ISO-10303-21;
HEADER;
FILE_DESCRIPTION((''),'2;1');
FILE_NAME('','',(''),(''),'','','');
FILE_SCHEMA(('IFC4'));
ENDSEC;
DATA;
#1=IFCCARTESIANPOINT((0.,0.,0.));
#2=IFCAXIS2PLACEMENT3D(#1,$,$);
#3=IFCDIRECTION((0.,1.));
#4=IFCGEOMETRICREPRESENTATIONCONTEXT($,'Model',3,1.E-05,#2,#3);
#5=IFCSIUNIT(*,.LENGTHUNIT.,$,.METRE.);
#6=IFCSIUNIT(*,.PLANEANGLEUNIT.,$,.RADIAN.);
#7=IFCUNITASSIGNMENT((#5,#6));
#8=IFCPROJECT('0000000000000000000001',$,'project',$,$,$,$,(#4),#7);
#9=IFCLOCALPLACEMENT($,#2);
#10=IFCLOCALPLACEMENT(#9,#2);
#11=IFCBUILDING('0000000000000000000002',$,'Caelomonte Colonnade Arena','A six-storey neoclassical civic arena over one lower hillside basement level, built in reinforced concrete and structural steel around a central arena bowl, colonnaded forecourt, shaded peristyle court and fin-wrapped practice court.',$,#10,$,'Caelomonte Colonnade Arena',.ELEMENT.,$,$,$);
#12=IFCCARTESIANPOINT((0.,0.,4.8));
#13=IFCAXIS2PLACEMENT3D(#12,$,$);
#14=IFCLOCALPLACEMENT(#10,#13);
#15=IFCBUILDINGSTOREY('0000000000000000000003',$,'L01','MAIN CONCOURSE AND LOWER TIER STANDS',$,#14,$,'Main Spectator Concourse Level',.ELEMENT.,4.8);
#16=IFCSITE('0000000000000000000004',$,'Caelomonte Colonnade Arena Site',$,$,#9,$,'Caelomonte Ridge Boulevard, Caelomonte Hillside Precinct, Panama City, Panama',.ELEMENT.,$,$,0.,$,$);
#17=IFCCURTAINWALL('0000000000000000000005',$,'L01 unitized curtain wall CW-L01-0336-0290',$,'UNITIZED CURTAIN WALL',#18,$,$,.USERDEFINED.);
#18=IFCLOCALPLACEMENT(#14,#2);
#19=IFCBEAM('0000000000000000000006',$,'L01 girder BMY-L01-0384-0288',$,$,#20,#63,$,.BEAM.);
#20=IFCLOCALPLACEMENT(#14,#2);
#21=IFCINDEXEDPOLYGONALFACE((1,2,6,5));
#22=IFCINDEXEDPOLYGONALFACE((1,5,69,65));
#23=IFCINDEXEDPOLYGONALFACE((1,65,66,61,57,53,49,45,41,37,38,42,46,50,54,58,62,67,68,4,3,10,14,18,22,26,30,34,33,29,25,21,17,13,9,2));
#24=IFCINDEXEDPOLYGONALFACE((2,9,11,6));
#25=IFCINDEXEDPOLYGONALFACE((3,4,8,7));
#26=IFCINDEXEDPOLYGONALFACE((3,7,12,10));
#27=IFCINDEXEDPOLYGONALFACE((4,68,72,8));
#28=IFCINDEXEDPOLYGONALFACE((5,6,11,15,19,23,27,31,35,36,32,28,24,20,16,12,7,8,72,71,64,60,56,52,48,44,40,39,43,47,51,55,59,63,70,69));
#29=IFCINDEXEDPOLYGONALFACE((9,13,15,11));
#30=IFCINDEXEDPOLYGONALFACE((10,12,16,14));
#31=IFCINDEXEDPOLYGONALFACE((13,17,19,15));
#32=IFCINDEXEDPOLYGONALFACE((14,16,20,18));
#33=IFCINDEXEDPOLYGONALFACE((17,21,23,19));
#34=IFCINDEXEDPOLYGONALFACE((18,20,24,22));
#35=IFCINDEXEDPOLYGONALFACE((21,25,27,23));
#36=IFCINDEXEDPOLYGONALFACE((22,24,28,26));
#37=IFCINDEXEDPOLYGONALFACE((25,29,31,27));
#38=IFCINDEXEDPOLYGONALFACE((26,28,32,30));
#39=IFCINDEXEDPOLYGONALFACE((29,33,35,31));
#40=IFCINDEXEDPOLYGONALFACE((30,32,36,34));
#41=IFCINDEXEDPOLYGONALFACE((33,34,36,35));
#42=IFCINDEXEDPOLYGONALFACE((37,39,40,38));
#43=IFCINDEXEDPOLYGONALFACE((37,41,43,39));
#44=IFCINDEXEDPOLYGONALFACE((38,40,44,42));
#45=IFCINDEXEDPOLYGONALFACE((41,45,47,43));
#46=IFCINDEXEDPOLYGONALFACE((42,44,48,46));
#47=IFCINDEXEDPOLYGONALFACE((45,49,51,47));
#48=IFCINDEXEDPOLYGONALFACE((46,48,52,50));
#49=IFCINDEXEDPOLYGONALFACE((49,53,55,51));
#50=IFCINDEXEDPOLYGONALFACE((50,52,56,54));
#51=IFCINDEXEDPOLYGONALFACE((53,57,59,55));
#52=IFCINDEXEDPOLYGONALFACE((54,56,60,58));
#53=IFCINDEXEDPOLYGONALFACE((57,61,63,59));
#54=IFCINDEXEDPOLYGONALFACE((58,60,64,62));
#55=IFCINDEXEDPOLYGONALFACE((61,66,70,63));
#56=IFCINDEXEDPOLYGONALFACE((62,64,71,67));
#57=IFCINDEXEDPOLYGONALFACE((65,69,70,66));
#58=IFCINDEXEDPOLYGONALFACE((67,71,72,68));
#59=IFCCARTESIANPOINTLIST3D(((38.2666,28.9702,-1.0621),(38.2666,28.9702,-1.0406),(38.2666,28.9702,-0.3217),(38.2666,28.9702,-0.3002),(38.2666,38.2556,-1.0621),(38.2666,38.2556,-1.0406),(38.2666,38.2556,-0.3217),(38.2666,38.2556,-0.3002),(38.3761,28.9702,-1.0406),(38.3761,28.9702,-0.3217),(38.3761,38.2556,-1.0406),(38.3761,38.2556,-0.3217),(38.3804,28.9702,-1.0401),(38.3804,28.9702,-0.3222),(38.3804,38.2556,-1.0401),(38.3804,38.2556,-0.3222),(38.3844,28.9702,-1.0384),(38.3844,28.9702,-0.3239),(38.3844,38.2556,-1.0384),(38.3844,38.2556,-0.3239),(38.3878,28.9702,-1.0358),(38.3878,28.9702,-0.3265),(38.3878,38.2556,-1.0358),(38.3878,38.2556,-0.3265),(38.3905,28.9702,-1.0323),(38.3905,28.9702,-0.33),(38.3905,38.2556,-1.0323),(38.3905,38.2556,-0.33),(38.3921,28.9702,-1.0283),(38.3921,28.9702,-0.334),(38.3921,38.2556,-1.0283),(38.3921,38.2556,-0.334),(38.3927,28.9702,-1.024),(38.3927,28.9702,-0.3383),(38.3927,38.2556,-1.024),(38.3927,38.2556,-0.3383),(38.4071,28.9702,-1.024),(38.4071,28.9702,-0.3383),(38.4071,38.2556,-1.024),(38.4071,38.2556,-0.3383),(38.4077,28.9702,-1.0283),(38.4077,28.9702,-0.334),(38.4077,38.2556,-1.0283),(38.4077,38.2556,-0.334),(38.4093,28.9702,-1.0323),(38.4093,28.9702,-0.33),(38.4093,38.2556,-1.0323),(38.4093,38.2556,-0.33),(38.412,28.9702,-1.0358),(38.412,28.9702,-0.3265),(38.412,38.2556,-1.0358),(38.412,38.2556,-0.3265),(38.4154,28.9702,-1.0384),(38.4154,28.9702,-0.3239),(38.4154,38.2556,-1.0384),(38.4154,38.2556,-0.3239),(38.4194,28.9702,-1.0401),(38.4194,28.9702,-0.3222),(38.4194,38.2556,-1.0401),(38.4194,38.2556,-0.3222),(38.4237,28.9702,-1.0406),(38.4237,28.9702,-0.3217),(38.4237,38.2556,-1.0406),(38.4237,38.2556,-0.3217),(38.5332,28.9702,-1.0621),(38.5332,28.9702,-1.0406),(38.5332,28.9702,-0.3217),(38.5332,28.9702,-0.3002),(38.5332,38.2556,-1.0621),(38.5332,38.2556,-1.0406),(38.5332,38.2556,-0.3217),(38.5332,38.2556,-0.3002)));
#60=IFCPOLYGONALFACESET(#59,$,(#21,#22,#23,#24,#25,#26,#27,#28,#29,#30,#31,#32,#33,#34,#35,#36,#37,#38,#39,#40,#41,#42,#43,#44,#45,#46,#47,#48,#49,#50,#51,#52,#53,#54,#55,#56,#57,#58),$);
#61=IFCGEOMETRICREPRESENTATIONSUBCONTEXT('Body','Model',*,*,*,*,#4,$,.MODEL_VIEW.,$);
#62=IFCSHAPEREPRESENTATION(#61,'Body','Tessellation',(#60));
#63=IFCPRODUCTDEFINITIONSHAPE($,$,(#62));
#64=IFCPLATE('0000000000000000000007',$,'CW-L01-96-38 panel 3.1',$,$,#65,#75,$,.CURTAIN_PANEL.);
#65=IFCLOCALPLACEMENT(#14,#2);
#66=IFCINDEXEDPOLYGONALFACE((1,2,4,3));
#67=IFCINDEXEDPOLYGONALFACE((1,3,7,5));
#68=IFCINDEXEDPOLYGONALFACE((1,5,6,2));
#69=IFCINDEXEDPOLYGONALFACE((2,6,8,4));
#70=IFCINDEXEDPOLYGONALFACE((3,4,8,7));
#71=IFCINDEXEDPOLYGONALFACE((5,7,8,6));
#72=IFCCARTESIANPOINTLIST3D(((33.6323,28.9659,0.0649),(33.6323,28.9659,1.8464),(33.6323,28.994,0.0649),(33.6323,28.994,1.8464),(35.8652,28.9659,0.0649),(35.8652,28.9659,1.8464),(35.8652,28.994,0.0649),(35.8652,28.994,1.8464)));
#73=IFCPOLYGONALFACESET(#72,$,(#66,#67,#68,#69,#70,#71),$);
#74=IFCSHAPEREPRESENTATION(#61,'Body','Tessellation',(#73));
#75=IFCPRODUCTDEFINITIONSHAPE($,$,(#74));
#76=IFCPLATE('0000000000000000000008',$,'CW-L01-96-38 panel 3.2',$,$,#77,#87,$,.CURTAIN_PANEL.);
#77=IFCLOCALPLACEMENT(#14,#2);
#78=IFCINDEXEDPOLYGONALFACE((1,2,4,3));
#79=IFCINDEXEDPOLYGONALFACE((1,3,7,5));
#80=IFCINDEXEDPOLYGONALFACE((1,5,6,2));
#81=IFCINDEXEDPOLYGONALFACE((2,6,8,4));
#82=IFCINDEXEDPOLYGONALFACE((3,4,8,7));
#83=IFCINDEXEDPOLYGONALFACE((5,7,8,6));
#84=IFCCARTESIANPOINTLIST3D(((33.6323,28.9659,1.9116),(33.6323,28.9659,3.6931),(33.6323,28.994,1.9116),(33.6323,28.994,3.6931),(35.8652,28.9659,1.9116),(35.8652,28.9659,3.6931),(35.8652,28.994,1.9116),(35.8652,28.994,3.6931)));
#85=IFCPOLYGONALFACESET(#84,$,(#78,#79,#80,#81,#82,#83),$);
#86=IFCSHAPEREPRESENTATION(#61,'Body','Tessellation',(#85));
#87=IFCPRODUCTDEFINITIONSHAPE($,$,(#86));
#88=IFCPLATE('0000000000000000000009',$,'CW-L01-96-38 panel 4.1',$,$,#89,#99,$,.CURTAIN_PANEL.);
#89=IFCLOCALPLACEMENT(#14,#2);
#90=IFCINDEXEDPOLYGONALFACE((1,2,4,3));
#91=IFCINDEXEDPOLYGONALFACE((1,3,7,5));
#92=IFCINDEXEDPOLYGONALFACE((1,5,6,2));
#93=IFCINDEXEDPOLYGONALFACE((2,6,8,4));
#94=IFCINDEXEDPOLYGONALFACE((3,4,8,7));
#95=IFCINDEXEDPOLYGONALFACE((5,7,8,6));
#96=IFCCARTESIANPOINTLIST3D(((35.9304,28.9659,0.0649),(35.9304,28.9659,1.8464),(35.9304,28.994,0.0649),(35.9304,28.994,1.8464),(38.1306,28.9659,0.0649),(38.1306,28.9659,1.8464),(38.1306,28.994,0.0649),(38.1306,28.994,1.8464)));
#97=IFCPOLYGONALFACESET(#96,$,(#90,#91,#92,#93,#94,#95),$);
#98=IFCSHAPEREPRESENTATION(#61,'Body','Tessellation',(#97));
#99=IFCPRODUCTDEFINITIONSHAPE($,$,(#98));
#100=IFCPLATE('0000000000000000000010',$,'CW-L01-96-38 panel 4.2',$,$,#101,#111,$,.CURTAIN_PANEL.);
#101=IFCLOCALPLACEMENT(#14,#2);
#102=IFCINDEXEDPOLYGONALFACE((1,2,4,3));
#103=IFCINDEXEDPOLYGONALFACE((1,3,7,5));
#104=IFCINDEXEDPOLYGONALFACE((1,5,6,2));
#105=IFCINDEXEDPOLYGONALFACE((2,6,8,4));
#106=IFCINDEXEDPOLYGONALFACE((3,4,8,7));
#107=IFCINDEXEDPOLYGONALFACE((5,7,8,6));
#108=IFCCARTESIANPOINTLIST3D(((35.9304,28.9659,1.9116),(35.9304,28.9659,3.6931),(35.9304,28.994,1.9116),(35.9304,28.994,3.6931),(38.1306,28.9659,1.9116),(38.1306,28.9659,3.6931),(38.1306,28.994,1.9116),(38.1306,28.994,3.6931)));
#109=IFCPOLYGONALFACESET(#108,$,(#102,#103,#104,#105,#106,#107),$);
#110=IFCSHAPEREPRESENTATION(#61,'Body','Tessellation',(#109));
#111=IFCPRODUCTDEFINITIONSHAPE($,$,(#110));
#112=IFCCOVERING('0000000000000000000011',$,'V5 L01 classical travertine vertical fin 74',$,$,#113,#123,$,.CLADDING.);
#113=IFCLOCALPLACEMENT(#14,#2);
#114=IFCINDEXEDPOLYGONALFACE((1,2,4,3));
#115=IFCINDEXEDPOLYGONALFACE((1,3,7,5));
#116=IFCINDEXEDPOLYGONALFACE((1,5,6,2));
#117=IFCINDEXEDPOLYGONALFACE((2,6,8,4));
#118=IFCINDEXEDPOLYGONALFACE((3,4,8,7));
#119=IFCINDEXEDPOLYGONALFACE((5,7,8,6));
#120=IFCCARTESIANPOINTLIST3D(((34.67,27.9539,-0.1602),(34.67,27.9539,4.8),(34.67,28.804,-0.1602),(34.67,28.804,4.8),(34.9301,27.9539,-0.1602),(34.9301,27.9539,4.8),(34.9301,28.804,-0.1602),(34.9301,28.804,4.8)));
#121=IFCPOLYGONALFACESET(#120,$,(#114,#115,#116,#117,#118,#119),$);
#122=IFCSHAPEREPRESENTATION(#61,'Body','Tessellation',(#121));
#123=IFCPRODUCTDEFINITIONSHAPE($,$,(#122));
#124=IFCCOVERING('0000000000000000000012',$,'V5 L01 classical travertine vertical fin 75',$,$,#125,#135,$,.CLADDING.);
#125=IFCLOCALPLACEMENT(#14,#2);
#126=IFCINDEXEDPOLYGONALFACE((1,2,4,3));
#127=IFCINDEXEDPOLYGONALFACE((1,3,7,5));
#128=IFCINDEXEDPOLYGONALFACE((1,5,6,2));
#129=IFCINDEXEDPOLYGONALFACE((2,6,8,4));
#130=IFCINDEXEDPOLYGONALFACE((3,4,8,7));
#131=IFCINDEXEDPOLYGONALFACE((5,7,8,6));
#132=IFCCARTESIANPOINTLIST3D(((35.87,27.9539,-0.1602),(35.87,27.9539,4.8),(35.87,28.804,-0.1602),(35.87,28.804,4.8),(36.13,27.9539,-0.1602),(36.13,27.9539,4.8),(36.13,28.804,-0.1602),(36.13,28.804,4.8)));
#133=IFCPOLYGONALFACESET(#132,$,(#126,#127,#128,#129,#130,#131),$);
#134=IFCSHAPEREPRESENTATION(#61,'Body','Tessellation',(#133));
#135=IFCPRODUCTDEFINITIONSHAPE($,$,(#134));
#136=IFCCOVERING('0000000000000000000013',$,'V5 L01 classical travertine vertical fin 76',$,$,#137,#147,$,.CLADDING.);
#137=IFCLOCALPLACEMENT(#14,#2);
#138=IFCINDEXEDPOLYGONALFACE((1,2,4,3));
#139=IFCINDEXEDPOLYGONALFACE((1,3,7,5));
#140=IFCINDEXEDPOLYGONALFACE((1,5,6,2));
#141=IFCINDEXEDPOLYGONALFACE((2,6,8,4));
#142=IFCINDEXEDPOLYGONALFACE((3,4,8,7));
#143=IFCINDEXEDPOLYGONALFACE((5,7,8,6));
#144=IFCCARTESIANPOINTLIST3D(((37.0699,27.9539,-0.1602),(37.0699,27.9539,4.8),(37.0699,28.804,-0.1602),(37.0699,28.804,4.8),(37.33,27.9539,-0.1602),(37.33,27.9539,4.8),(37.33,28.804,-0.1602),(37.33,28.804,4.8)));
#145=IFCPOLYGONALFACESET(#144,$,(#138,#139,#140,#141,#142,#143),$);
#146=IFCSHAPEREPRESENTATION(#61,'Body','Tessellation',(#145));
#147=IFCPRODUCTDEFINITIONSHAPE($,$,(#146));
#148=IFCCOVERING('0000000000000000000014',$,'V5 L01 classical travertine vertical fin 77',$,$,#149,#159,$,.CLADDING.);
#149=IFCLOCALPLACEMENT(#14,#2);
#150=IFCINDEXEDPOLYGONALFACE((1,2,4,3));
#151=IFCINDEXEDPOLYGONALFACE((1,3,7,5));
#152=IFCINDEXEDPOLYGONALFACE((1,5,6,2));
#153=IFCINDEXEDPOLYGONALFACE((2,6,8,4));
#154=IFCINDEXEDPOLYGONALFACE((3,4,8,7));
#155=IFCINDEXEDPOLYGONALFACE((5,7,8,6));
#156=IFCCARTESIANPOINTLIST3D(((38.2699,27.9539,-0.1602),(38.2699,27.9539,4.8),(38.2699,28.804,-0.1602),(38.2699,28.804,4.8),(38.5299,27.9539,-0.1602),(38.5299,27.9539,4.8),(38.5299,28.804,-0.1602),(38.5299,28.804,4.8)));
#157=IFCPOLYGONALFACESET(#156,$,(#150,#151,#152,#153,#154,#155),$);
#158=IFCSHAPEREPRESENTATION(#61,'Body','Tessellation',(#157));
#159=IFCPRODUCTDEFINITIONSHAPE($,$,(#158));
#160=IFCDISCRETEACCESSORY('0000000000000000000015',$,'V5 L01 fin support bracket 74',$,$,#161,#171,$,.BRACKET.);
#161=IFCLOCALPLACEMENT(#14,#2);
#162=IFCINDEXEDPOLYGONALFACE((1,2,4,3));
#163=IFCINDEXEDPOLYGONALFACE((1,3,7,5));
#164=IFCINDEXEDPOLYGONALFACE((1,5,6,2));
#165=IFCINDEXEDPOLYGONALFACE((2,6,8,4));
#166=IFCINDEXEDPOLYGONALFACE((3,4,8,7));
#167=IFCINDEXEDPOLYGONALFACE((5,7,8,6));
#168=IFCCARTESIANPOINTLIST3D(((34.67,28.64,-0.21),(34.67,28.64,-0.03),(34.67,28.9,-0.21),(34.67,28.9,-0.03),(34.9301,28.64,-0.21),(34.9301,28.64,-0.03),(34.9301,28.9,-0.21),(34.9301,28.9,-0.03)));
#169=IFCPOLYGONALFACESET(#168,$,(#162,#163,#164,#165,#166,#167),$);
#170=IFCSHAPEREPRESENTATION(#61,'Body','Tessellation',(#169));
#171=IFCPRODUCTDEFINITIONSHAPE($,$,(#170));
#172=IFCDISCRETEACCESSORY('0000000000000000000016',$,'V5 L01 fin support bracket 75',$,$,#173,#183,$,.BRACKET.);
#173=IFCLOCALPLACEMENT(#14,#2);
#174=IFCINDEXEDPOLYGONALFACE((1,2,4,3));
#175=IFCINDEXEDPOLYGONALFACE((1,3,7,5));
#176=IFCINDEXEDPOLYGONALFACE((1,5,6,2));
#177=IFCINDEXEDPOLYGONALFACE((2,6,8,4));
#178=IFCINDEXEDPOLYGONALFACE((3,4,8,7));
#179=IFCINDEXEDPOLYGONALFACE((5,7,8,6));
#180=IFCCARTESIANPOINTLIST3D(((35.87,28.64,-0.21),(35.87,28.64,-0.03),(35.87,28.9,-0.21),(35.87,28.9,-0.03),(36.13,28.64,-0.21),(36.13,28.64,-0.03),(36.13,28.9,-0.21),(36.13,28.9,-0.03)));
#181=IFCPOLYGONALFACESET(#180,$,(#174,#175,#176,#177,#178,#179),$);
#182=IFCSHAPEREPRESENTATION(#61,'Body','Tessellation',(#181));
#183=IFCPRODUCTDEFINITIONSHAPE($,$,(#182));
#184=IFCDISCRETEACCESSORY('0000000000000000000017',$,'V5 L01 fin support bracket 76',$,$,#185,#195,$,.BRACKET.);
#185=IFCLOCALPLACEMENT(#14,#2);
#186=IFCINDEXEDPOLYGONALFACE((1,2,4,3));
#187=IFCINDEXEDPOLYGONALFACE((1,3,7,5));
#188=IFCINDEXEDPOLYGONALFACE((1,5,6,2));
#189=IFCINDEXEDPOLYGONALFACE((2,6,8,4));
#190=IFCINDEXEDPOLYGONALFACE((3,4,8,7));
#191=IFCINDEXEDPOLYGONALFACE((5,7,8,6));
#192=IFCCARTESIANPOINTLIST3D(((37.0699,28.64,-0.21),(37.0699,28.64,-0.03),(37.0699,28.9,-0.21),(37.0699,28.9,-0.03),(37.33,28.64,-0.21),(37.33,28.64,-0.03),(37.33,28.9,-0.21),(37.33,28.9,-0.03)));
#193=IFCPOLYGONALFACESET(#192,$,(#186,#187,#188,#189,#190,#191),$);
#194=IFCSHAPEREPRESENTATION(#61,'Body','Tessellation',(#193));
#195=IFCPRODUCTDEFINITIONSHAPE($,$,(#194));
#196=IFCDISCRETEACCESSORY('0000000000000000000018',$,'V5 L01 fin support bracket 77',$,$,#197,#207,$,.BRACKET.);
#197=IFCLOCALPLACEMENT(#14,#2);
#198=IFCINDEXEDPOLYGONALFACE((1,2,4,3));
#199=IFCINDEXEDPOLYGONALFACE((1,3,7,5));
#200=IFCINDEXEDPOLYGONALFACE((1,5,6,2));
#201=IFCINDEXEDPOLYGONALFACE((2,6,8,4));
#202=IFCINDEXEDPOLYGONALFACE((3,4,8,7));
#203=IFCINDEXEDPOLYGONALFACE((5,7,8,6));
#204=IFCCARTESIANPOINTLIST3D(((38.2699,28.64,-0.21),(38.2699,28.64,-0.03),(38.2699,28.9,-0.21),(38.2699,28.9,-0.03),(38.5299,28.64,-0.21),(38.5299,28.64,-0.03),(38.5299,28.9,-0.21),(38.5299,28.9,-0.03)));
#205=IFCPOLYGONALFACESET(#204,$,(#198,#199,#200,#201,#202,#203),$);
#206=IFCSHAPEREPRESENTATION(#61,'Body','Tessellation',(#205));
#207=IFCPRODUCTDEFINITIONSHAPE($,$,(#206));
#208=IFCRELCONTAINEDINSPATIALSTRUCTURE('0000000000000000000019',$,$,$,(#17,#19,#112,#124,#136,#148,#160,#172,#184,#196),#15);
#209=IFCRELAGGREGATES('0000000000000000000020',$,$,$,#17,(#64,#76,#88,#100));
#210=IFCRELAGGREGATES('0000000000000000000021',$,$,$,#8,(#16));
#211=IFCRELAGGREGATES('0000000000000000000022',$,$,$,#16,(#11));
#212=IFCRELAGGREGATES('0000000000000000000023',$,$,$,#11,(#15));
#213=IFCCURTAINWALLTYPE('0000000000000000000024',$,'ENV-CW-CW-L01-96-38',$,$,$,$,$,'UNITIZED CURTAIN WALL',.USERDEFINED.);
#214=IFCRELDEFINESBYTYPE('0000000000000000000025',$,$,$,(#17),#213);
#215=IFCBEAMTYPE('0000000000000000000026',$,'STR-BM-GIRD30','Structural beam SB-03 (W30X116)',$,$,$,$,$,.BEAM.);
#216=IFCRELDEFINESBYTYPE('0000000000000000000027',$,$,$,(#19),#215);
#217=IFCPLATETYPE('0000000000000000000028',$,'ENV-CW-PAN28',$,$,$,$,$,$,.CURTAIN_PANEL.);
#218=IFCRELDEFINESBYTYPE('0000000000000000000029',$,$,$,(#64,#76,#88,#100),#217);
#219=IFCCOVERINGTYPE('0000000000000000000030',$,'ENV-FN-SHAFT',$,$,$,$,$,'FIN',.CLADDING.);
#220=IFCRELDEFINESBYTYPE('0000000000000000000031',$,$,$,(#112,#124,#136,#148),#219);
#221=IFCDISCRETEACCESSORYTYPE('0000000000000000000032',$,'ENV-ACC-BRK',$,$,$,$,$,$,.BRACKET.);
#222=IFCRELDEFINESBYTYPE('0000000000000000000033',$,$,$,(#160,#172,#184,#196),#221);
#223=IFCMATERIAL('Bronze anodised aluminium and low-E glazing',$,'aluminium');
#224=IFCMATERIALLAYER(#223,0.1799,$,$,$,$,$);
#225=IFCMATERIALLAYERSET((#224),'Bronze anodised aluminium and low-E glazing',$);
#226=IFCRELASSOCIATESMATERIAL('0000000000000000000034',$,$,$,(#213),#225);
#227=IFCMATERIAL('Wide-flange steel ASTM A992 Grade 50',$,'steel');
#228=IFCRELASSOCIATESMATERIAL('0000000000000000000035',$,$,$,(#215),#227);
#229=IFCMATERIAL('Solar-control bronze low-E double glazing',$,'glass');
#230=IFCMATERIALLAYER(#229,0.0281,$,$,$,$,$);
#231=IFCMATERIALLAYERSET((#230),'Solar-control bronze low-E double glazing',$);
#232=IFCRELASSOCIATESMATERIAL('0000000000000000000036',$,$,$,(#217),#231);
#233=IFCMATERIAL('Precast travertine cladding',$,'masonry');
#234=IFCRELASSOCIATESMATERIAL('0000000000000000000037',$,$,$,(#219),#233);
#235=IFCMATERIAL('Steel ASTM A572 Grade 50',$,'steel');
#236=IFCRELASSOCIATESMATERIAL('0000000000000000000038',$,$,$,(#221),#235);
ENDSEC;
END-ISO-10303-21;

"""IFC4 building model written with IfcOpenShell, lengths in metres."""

from ifc_helpers import new_model, si_unit, direction, frame, origin, origin_2d, place, context, subcontext, project, spatial, rectangle, i_section, extrude, material, layer, layer_set, material_profile, profile_set, type_object, element, aggregate, save


model = new_model("IFC4")

# Units and contexts
model_context = context("Model", 3, precision=1e-05, world=origin(), true_north=direction((0.0, 1.0)))
body_context = subcontext(model_context, "Body", "Model", "MODEL_VIEW")
ifc_project = project(units=[si_unit("LENGTHUNIT", "METRE"), si_unit("PLANEANGLEUNIT", "RADIAN")], contexts=[model_context])

# Site, building, storey
site_placement = place(None, origin())
site = spatial("IfcSite", under=ifc_project, at=site_placement, Name="Caelomonte Colonnade Arena Site", LongName="Caelomonte Ridge Boulevard, Caelomonte Hillside Precinct, Panama City, Panama", CompositionType="ELEMENT", RefElevation=0.0)
building_placement = place(site_placement, origin())
building = spatial("IfcBuilding", under=site, at=building_placement, Name="Caelomonte Colonnade Arena", Description="A six-storey neoclassical civic arena over one lower hillside basement level, built in reinforced concrete and structural steel around a central arena bowl, colonnaded forecourt, shaded peristyle court and fin-wrapped practice court.", LongName="Caelomonte Colonnade Arena", CompositionType="ELEMENT")
storey_placement = place(building_placement, frame((0.0, 0.0, 4.8)))
storey = spatial("IfcBuildingStorey", under=building, at=storey_placement, Name="L01", Description="MAIN CONCOURSE AND LOWER TIER STANDS", LongName="Main Spectator Concourse Level", CompositionType="ELEMENT", Elevation=4.8)

# Shared definitions
ifc_material_1 = material(Name="Wide-flange steel ASTM A992 Grade 50", Category="steel")

# Curtain wall
ifc_material_2 = material(Name="Bronze anodised aluminium and low-E glazing", Category="aluminium")
ifc_layer_1 = layer(ifc_material_2, 0.1799)
ifc_layer_set_1 = layer_set([ifc_layer_1], Name="Bronze anodised aluminium and low-E glazing")
curtain_wall_type = type_object("IfcCurtainWallType", Name="ENV-CW-CW-L01-96-38", ElementType="UNITIZED CURTAIN WALL", PredefinedType="USERDEFINED", material=ifc_layer_set_1)
curtain_wall_placement = place(storey_placement, origin())
curtain_wall = element("IfcCurtainWall", 1, at=curtain_wall_placement, inside=storey, type_object=curtain_wall_type, Name="L01 unitized curtain wall CW-L01-0336-0290", ObjectType="UNITIZED CURTAIN WALL", PredefinedType="USERDEFINED")

# Beam
ifc_material_profile_1 = material_profile(ifc_material_1, i_section(OverallWidth=0.2666, OverallDepth=0.762, WebThickness=0.0144, FlangeThickness=0.0215, FilletRadius=0.0166, at=origin_2d()), Name="W30X116")
ifc_profile_set_1 = profile_set([ifc_material_profile_1], Name="Wide-flange steel ASTM A992 Grade 50")
beam_type = type_object("IfcBeamType", Name="STR-BM-GIRD30", Description="Structural beam SB-03 (W30X116)", PredefinedType="BEAM", material=ifc_profile_set_1)
beam_placement = place(storey_placement, frame((38.3999, 28.9702, -0.6812), z_axis=(0.0, 1.0, 0.0), x_axis=(-1.0, 0.0, 0.0)))
element("IfcBeam", 2, at=beam_placement, inside=storey, type_object=beam_type, Name="L01 girder BMY-L01-0384-0288", PredefinedType="BEAM", context=body_context, shape_type="SweptSolid", body=[
    extrude(i_section(OverallWidth=0.2666, OverallDepth=0.762, WebThickness=0.0144, FlangeThickness=0.0215, FilletRadius=0.0166, at=origin_2d()), origin(), (0.0, 0.0, 1.0), 9.2854),
])

# Plates
ifc_material_3 = material(Name="Solar-control bronze low-E double glazing", Category="glass")
ifc_layer_2 = layer(ifc_material_3, 0.0281)
ifc_layer_set_2 = layer_set([ifc_layer_2], Name="Solar-control bronze low-E double glazing")
plate_type = type_object("IfcPlateType", Name="ENV-CW-PAN28", PredefinedType="CURTAIN_PANEL", material=ifc_layer_set_2)
plate_1_placement = place(storey_placement, frame((34.7488, 28.98, 0.0649), z_axis=(0.0, 0.0, 1.0), x_axis=(1.0, 0.0, 0.0)))
plate_1 = element("IfcPlate", 3, at=plate_1_placement, type_object=plate_type, Name="CW-L01-96-38 panel 3.1", PredefinedType="CURTAIN_PANEL", context=body_context, shape_type="SweptSolid", body=[
    extrude(rectangle(XDim=2.2329, YDim=0.0281, at=origin_2d()), origin(), (0.0, 0.0, 1.0), 1.7815),
])
plate_2_placement = place(storey_placement, frame((34.7488, 28.98, 1.9116), z_axis=(0.0, 0.0, 1.0), x_axis=(1.0, 0.0, 0.0)))
plate_2 = element("IfcPlate", 4, at=plate_2_placement, type_object=plate_type, Name="CW-L01-96-38 panel 3.2", PredefinedType="CURTAIN_PANEL", context=body_context, shape_type="SweptSolid", body=[
    extrude(rectangle(XDim=2.2329, YDim=0.0281, at=origin_2d()), origin(), (0.0, 0.0, 1.0), 1.7815),
])
plate_3_placement = place(storey_placement, frame((37.0305, 28.98, 0.0649), z_axis=(0.0, 0.0, 1.0), x_axis=(1.0, 0.0, 0.0)))
plate_3 = element("IfcPlate", 5, at=plate_3_placement, type_object=plate_type, Name="CW-L01-96-38 panel 4.1", PredefinedType="CURTAIN_PANEL", context=body_context, shape_type="SweptSolid", body=[
    extrude(rectangle(XDim=2.2002, YDim=0.0281, at=origin_2d()), origin(), (0.0, 0.0, 1.0), 1.7815),
])
plate_4_placement = place(storey_placement, frame((37.0305, 28.98, 1.9116), z_axis=(0.0, 0.0, 1.0), x_axis=(1.0, 0.0, 0.0)))
plate_4 = element("IfcPlate", 6, at=plate_4_placement, type_object=plate_type, Name="CW-L01-96-38 panel 4.2", PredefinedType="CURTAIN_PANEL", context=body_context, shape_type="SweptSolid", body=[
    extrude(rectangle(XDim=2.2002, YDim=0.0281, at=origin_2d()), origin(), (0.0, 0.0, 1.0), 1.7815),
])
aggregate(curtain_wall, [plate_1, plate_2, plate_3, plate_4])

# Coverings
ifc_material_4 = material(Name="Precast travertine cladding", Category="masonry")
ifc_material_profile_2 = material_profile(ifc_material_4, rectangle(XDim=0.26, YDim=0.8501, at=origin_2d()), Name="FIN260X850")
ifc_profile_set_2 = profile_set([ifc_material_profile_2], Name="Precast travertine cladding")
covering_type = type_object("IfcCoveringType", Name="ENV-FN-SHAFT", ElementType="FIN", PredefinedType="CLADDING", material=ifc_profile_set_2)
for number, where, z_axis, x_axis, name in (
    (7, (34.8, 28.3789, -0.1602), (0.0, 0.0, 1.0), (-1.0, 0.0, 0.0), "V5 L01 classical travertine vertical fin 74"),
    (8, (36.0, 28.3789, -0.1602), (0.0, 0.0, 1.0), (-1.0, 0.0, 0.0), "V5 L01 classical travertine vertical fin 75"),
    (9, (37.2, 28.3789, -0.1602), (0.0, 0.0, 1.0), (-1.0, 0.0, 0.0), "V5 L01 classical travertine vertical fin 76"),
    (10, (38.3999, 28.3789, -0.1602), (0.0, 0.0, 1.0), (-1.0, 0.0, 0.0), "V5 L01 classical travertine vertical fin 77"),
):
    element("IfcCovering", number, at=place(storey_placement, frame(where, z_axis=z_axis, x_axis=x_axis)), inside=storey, type_object=covering_type, Name=name, PredefinedType="CLADDING", context=body_context, shape_type="SweptSolid", body=[
        extrude(rectangle(XDim=0.26, YDim=0.8501, at=origin_2d()), origin(), (0.0, 0.0, 1.0), 4.9602),
    ])

# Discrete accessories
ifc_material_5 = material(Name="Steel ASTM A572 Grade 50", Category="steel")
discrete_accessory_type = type_object("IfcDiscreteAccessoryType", Name="ENV-ACC-BRK", PredefinedType="BRACKET", material=ifc_material_5)
for number, where, z_axis, x_axis, name in (
    (11, (34.8, 28.77, -0.21), (0.0, 0.0, 1.0), (1.0, 0.0, 0.0), "V5 L01 fin support bracket 74"),
    (12, (36.0, 28.77, -0.21), (0.0, 0.0, 1.0), (1.0, 0.0, 0.0), "V5 L01 fin support bracket 75"),
    (13, (37.2, 28.77, -0.21), (0.0, 0.0, 1.0), (1.0, 0.0, 0.0), "V5 L01 fin support bracket 76"),
    (14, (38.3999, 28.77, -0.21), (0.0, 0.0, 1.0), (1.0, 0.0, 0.0), "V5 L01 fin support bracket 77"),
):
    element("IfcDiscreteAccessory", number, at=place(storey_placement, frame(where, z_axis=z_axis, x_axis=x_axis)), inside=storey, type_object=discrete_accessory_type, Name=name, PredefinedType="BRACKET", context=body_context, shape_type="SweptSolid", body=[
        extrude(rectangle(XDim=0.26, YDim=0.26, at=origin_2d()), origin(), (0.0, 0.0, 1.0), 0.1799),
    ])

save(model, "model.ifc")
